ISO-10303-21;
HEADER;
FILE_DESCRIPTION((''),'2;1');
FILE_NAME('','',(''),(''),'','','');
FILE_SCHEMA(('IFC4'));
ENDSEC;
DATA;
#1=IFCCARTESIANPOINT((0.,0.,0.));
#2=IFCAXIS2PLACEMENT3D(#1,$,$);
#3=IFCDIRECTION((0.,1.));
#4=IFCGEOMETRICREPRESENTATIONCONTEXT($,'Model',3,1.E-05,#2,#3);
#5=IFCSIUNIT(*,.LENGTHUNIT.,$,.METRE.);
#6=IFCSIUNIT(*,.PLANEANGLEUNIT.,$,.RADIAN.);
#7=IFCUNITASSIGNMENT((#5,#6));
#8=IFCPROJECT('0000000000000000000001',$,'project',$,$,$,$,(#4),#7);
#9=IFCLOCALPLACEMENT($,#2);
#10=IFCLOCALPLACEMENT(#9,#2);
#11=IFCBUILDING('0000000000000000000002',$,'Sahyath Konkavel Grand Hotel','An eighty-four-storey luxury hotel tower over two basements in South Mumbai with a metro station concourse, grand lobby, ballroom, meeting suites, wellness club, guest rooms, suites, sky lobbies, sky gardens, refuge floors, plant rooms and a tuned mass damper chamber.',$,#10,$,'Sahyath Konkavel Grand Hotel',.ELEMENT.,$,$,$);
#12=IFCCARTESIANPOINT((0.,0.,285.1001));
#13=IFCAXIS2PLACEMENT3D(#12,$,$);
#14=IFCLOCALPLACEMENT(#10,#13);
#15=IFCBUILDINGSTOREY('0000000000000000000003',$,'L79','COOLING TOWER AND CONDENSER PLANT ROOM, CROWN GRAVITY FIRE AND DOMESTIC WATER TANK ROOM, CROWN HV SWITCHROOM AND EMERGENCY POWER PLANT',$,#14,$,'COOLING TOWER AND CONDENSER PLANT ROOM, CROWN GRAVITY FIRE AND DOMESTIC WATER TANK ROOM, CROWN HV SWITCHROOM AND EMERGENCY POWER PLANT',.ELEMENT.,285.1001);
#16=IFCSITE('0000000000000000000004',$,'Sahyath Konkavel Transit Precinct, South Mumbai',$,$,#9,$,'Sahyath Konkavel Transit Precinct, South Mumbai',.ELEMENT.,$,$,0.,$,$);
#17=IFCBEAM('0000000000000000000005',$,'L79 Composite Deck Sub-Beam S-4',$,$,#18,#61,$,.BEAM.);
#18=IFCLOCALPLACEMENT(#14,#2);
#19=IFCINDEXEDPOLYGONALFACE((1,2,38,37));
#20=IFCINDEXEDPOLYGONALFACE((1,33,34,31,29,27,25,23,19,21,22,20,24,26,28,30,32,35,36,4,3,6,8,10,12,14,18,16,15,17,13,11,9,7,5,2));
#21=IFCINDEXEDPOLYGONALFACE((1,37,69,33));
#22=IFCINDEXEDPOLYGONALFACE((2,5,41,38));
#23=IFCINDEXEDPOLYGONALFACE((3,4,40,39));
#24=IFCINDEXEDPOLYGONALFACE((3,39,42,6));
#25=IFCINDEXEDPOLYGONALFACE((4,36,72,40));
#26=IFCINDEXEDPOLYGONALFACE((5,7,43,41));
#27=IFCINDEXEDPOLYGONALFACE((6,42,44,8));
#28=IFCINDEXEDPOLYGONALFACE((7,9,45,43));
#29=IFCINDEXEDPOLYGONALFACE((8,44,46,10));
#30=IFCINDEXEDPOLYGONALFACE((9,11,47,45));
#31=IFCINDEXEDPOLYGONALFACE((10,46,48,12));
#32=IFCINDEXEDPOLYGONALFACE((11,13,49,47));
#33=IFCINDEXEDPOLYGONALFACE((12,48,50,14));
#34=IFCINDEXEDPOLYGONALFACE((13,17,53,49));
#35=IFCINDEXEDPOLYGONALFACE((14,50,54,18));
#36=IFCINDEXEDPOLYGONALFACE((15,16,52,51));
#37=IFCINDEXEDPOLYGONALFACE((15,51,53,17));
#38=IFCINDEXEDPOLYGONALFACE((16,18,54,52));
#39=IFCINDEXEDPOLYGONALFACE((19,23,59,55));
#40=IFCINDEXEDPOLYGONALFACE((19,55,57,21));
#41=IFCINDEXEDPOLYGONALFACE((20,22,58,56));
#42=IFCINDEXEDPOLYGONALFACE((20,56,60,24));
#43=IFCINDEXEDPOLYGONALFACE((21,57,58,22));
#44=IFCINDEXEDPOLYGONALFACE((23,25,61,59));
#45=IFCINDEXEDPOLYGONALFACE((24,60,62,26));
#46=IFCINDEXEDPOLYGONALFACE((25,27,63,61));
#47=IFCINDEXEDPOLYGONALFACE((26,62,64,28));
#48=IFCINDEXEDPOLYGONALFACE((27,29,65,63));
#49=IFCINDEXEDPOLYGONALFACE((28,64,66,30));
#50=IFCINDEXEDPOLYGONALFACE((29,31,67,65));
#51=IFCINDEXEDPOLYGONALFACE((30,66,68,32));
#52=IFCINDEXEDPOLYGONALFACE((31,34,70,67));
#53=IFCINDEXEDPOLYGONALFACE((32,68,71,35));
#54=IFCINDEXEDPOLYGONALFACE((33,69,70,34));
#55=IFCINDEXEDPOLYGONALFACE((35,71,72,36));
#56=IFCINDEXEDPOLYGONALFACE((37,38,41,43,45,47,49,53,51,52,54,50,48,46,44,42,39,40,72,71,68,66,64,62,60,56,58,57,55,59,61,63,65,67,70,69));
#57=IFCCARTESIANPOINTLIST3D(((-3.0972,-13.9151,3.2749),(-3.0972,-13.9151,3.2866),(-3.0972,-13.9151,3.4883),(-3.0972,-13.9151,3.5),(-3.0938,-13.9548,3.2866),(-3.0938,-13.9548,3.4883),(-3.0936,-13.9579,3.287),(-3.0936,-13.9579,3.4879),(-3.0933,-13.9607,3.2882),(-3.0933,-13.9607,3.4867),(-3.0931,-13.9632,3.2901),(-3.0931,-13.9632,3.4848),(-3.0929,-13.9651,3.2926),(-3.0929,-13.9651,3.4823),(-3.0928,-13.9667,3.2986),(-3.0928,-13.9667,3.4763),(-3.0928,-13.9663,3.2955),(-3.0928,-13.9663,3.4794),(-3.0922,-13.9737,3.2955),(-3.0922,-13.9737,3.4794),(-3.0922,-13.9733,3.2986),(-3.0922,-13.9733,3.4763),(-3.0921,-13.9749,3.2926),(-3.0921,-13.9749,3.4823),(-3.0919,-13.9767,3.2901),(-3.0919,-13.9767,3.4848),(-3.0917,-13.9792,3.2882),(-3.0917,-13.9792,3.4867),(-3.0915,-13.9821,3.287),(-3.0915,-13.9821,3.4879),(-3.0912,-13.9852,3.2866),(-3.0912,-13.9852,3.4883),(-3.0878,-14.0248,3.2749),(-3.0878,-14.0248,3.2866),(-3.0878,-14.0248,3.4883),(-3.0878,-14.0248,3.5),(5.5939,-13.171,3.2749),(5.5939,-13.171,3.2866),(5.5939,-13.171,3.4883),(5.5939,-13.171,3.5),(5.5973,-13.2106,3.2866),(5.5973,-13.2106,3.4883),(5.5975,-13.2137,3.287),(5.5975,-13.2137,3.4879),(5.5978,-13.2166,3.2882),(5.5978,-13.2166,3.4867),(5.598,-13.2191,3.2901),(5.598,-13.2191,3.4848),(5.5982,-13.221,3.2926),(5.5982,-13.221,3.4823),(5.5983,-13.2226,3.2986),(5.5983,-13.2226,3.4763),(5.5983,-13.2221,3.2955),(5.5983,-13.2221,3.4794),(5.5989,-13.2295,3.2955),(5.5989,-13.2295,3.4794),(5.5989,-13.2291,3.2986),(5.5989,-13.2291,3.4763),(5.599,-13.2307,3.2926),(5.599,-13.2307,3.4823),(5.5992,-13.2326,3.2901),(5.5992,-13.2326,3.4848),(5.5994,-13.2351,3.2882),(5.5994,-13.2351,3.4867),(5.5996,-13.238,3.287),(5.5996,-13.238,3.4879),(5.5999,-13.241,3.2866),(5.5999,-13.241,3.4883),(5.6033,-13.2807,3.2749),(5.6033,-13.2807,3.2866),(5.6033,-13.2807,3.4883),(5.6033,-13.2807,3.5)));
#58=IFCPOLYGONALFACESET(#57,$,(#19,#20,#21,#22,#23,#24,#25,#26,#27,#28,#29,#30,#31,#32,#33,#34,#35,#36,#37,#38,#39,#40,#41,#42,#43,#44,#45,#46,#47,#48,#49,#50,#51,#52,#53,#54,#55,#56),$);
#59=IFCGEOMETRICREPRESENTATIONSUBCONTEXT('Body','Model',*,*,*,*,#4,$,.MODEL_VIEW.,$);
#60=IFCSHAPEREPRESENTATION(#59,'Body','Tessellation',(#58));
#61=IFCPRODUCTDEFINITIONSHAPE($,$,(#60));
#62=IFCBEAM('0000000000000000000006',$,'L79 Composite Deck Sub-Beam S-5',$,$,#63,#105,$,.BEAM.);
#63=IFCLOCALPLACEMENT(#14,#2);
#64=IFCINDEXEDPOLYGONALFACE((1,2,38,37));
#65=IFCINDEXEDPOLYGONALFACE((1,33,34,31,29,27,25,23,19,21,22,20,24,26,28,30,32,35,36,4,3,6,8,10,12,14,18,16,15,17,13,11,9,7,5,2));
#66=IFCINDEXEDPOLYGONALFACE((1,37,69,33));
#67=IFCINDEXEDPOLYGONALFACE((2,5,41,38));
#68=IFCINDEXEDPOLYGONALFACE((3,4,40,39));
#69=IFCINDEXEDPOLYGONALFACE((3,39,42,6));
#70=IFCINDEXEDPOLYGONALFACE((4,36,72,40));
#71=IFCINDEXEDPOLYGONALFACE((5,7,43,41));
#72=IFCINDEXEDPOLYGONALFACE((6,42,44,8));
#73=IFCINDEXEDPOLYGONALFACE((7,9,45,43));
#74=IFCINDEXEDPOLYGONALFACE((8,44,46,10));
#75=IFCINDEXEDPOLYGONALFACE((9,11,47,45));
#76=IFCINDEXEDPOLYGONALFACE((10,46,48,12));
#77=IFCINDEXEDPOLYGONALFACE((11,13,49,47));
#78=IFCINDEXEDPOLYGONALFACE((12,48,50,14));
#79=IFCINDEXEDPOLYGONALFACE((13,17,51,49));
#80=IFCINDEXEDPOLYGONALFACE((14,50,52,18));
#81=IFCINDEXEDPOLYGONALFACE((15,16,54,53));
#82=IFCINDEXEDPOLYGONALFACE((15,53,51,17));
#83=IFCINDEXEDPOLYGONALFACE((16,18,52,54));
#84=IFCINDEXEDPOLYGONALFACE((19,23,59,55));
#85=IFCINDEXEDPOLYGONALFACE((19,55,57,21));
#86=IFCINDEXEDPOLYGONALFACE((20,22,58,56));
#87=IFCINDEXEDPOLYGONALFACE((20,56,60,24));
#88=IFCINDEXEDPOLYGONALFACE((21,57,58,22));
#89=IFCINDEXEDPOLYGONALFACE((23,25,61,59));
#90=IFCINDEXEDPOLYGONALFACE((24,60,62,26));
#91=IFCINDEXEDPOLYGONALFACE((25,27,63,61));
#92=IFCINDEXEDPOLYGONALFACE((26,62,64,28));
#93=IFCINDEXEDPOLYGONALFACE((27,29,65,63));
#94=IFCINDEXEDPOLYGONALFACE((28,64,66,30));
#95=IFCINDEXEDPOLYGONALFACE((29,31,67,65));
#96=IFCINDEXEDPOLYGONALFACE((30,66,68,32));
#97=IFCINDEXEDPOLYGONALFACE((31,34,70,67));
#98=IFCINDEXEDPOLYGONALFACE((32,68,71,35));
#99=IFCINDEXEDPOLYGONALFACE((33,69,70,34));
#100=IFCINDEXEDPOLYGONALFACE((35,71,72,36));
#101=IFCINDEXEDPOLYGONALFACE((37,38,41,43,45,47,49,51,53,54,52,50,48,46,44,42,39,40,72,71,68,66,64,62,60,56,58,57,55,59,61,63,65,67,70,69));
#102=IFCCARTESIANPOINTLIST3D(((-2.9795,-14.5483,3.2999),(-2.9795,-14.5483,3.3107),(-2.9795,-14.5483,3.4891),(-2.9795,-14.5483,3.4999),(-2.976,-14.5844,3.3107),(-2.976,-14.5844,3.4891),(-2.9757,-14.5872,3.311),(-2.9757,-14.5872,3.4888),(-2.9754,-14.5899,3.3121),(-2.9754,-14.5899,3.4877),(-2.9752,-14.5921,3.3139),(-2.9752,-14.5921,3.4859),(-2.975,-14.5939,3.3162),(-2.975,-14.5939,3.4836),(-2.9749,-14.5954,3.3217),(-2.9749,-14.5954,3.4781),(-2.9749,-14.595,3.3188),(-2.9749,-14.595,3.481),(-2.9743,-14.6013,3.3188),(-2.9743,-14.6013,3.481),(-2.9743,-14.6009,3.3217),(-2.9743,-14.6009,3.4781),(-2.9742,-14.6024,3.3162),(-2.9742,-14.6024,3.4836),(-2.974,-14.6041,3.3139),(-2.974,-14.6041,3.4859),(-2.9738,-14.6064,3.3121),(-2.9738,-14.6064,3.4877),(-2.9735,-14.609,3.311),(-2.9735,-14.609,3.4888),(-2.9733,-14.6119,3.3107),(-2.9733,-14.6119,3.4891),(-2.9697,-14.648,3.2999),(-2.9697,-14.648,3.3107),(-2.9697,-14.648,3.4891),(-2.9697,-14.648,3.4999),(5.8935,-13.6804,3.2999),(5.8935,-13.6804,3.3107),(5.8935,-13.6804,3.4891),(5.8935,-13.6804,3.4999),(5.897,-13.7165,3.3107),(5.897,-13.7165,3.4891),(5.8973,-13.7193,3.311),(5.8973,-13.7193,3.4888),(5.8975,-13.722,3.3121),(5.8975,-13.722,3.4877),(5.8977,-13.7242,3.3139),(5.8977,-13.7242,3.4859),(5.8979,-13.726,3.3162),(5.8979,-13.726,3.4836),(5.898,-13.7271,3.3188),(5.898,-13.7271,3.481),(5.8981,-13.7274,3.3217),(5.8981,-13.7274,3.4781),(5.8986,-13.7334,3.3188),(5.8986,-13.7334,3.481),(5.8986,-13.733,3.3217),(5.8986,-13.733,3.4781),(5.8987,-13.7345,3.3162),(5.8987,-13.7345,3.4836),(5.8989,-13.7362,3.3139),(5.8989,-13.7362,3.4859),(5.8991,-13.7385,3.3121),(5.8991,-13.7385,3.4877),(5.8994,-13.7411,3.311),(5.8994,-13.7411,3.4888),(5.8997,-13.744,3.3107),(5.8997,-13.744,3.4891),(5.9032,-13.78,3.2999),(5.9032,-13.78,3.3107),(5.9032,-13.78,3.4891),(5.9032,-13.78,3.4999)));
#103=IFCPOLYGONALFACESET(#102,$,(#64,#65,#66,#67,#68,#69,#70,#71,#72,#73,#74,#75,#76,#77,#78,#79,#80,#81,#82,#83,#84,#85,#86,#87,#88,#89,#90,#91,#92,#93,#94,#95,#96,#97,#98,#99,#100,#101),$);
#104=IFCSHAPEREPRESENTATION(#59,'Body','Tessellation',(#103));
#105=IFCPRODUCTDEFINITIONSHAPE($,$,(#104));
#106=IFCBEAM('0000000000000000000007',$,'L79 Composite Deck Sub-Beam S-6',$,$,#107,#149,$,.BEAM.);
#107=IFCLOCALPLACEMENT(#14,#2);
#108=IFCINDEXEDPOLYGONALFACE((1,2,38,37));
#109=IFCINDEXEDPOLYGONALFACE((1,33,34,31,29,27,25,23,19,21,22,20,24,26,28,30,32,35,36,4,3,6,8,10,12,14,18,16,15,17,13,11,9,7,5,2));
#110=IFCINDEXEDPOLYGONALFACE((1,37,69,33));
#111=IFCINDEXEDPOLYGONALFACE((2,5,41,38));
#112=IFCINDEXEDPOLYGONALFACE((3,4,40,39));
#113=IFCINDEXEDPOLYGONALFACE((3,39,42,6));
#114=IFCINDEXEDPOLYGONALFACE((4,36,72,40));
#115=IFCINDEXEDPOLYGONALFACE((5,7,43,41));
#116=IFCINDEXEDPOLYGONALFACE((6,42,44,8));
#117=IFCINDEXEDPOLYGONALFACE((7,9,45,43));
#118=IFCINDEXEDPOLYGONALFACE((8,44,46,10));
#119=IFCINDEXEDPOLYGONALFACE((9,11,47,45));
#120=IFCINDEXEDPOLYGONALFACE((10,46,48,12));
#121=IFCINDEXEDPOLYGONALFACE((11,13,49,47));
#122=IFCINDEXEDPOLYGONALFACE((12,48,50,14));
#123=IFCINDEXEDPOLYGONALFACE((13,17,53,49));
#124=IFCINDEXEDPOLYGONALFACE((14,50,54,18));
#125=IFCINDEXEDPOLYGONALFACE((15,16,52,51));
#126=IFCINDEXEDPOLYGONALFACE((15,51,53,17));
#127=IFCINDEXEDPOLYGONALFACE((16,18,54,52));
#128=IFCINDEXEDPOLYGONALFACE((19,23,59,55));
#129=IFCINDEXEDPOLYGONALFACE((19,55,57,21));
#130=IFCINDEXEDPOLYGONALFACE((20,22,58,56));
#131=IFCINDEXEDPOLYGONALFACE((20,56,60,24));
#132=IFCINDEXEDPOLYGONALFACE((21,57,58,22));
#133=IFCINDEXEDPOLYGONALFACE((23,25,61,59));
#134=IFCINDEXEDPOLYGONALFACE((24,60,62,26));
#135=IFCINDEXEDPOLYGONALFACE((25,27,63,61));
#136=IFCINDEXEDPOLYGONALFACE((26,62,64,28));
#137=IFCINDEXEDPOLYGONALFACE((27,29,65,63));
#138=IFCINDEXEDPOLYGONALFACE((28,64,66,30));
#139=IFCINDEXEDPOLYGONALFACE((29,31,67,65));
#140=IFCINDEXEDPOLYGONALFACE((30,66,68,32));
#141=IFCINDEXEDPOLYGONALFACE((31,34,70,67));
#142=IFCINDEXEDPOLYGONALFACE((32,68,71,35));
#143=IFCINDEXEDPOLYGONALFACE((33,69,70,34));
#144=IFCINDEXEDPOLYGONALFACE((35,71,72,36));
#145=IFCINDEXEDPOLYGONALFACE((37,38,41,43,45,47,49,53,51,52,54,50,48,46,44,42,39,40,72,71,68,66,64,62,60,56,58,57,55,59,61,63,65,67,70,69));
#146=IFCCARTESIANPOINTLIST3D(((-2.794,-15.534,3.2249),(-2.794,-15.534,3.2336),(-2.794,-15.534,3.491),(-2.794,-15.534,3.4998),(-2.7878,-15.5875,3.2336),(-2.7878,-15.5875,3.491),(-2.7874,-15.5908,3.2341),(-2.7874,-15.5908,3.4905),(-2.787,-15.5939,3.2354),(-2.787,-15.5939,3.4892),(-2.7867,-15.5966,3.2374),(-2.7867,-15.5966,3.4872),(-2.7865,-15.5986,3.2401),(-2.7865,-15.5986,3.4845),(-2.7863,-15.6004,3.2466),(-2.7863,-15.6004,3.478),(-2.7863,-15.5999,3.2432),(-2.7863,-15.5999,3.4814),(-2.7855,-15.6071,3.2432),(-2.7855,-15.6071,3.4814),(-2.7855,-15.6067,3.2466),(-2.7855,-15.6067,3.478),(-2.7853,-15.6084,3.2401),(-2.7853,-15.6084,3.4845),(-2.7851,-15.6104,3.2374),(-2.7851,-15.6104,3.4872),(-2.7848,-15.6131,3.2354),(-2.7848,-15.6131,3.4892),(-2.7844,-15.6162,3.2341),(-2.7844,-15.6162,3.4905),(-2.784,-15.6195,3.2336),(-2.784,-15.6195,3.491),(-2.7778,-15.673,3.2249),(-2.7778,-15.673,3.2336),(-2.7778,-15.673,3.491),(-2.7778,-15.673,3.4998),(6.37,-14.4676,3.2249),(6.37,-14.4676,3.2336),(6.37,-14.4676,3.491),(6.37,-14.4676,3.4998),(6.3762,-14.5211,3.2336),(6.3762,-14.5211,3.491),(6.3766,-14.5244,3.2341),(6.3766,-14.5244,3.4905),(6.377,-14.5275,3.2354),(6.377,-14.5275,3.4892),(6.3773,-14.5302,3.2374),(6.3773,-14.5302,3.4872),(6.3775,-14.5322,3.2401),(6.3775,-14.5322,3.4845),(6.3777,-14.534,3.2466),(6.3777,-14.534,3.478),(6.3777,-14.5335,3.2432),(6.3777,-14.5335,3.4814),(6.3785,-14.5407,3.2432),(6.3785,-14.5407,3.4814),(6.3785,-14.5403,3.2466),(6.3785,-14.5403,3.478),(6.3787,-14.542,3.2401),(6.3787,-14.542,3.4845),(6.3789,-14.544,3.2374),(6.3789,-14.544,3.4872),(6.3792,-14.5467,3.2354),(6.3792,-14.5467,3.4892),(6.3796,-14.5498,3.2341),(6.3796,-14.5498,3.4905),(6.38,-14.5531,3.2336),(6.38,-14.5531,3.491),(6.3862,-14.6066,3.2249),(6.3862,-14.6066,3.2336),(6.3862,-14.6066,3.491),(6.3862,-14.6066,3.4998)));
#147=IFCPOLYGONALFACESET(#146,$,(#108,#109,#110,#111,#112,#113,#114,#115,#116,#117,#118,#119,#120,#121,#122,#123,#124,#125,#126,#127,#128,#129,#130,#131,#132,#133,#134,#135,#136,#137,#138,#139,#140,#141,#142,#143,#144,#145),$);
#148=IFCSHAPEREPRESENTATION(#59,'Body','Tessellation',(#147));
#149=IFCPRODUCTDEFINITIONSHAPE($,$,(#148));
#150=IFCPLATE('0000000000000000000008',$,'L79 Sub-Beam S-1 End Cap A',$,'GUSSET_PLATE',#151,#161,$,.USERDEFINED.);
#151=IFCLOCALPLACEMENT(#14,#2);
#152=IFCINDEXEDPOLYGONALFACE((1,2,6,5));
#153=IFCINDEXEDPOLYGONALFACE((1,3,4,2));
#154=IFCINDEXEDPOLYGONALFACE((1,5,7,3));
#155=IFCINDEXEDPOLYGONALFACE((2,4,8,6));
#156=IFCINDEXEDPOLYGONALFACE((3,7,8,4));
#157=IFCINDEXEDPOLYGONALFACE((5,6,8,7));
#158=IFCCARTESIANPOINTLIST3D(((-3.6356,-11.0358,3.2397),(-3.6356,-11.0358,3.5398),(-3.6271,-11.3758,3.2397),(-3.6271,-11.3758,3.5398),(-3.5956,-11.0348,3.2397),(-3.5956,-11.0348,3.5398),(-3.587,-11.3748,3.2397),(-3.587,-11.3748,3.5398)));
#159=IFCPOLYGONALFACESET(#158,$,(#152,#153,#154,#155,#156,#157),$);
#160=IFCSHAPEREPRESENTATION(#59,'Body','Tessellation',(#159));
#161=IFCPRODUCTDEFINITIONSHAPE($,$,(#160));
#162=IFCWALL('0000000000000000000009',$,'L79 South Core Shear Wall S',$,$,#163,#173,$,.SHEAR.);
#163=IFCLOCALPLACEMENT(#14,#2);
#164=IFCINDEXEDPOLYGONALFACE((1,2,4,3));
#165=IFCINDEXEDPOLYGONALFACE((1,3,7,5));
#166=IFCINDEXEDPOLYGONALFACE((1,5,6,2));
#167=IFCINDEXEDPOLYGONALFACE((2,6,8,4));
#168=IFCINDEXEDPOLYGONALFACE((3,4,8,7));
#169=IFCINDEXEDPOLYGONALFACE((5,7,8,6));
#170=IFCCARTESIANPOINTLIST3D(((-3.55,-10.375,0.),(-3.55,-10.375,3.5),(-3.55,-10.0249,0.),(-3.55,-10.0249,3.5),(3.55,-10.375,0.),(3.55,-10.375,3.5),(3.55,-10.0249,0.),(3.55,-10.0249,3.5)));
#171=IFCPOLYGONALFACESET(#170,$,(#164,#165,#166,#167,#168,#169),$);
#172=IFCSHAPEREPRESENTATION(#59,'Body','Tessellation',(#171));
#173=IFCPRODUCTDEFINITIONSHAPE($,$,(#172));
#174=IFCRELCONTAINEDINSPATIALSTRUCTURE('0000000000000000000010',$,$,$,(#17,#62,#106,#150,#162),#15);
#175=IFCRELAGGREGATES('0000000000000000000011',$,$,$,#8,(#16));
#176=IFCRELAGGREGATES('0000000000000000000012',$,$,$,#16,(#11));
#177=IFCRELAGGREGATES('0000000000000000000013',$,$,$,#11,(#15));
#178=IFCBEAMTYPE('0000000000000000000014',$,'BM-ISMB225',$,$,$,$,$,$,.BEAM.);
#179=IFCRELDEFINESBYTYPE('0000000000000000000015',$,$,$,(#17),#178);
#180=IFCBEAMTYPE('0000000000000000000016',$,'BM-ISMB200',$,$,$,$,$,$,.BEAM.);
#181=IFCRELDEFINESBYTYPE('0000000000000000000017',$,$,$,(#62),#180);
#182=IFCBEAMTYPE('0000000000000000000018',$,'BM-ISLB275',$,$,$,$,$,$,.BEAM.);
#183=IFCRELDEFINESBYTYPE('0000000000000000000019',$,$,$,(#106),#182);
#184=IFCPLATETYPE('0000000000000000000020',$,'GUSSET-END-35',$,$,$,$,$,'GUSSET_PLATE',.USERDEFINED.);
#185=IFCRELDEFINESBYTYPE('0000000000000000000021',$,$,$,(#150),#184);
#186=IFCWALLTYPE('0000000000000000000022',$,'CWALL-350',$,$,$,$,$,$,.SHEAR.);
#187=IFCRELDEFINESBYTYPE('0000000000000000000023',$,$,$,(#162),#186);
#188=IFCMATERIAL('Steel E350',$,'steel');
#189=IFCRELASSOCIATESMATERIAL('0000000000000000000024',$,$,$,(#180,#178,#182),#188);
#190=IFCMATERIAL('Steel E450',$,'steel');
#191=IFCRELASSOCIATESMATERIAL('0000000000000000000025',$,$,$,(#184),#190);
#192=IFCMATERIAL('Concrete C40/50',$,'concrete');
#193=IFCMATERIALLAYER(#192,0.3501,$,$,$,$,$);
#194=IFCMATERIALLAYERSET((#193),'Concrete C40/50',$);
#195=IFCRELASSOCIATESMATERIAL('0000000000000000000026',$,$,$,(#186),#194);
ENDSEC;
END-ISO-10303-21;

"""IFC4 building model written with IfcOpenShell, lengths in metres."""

from ifc_helpers import new_model, si_unit, direction, frame, frame_2d, origin, origin_2d, place, context, subcontext, project, spatial, rectangle, i_section, extrude, source, transform, mapped, material, layer, layer_set, material_profile, profile_set, type_object, element, save


model = new_model("IFC4")

# Units and contexts
model_context = context("Model", 3, precision=1e-05, world=origin(), true_north=direction((0.0, 1.0)))
body_context = subcontext(model_context, "Body", "Model", "MODEL_VIEW")
ifc_project = project(units=[si_unit("LENGTHUNIT", "METRE"), si_unit("PLANEANGLEUNIT", "RADIAN")], contexts=[model_context])

# Site, building, storey
site_placement = place(None, origin())
site = spatial("IfcSite", under=ifc_project, at=site_placement, Name="Sahyath Konkavel Transit Precinct, South Mumbai", LongName="Sahyath Konkavel Transit Precinct, South Mumbai", CompositionType="ELEMENT", RefElevation=0.0)
building_placement = place(site_placement, origin())
building = spatial("IfcBuilding", under=site, at=building_placement, Name="Sahyath Konkavel Grand Hotel", Description="An eighty-four-storey luxury hotel tower over two basements in South Mumbai with a metro station concourse, grand lobby, ballroom, meeting suites, wellness club, guest rooms, suites, sky lobbies, sky gardens, refuge floors, plant rooms and a tuned mass damper chamber.", LongName="Sahyath Konkavel Grand Hotel", CompositionType="ELEMENT")
storey_placement = place(building_placement, frame((0.0, 0.0, 285.1001)))
storey = spatial("IfcBuildingStorey", under=building, at=storey_placement, Name="L79", Description="COOLING TOWER AND CONDENSER PLANT ROOM, CROWN GRAVITY FIRE AND DOMESTIC WATER TANK ROOM, CROWN HV SWITCHROOM AND EMERGENCY POWER PLANT", LongName="COOLING TOWER AND CONDENSER PLANT ROOM, CROWN GRAVITY FIRE AND DOMESTIC WATER TANK ROOM, CROWN HV SWITCHROOM AND EMERGENCY POWER PLANT", CompositionType="ELEMENT", Elevation=285.1001)

# Shared definitions
ifc_material_1 = material(Name="Concrete C40/50", Category="concrete")

# Beams
ifc_material_2 = material(Name="Steel E350", Category="steel")
ifc_material_profile_1 = material_profile(ifc_material_2, i_section(OverallWidth=0.1001, OverallDepth=0.2, WebThickness=0.0056, FlangeThickness=0.0107, FilletRadius=0.011, at=origin_2d()), Name="ISMB 200")
ifc_profile_set_1 = profile_set([ifc_material_profile_1], Name="Steel E350")
beam_type_1 = type_object("IfcBeamType", Name="BM-ISMB200", PredefinedType="BEAM", material=ifc_profile_set_1)
ifc_material_profile_2 = material_profile(ifc_material_2, i_section(OverallWidth=0.1101, OverallDepth=0.2251, WebThickness=0.0066, FlangeThickness=0.0117, FilletRadius=0.012, at=origin_2d()), Name="ISMB 225")
ifc_profile_set_2 = profile_set([ifc_material_profile_2], Name="Steel E350")
beam_type_2 = type_object("IfcBeamType", Name="BM-ISMB225", PredefinedType="BEAM", material=ifc_profile_set_2)
shared_shape_1 = source(origin(), body_context, "Body", "SweptSolid", [
    extrude(i_section(OverallWidth=0.1101, OverallDepth=0.2251, WebThickness=0.0066, FlangeThickness=0.0117, FilletRadius=0.012, at=origin_2d()), origin(), (0.0, 0.0, 1.0), 8.7229),
])
beam_1_placement = place(storey_placement, frame((-3.0925, -13.97, 3.3875), z_axis=(0.996355, 0.085308, 0.0), x_axis=(-0.085308, 0.996355, 0.0)))
element("IfcBeam", 1, at=beam_1_placement, inside=storey, type_object=beam_type_2, Name="L79 Composite Deck Sub-Beam S-4", PredefinedType="BEAM", context=body_context, shape_type="MappedRepresentation", body=[
    mapped(shared_shape_1, transform((0.0, 0.0, 0.0), scale=1.0)),
])
shared_shape_2 = source(origin(), body_context, "Body", "SweptSolid", [
    extrude(i_section(OverallWidth=0.1001, OverallDepth=0.2, WebThickness=0.0056, FlangeThickness=0.0107, FilletRadius=0.011, at=origin_2d()), origin(), (0.0, 0.0, 1.0), 8.9153),
])
beam_2_placement = place(storey_placement, frame((-2.9746, -14.5981, 3.3999), z_axis=(0.99525, 0.097351, 0.0), x_axis=(-0.097351, 0.99525, 0.0)))
element("IfcBeam", 2, at=beam_2_placement, inside=storey, type_object=beam_type_1, Name="L79 Composite Deck Sub-Beam S-5", PredefinedType="BEAM", context=body_context, shape_type="MappedRepresentation", body=[
    mapped(shared_shape_2, transform((0.0, 0.0, 0.0), scale=1.0)),
])
ifc_material_profile_3 = material_profile(ifc_material_2, i_section(OverallWidth=0.1399, OverallDepth=0.2749, WebThickness=0.0063, FlangeThickness=0.0088, FilletRadius=0.0129, at=origin_2d()), Name="ISLB 275")
ifc_profile_set_3 = profile_set([ifc_material_profile_3], Name="Steel E350")
beam_type_3 = type_object("IfcBeamType", Name="BM-ISLB275", PredefinedType="BEAM", material=ifc_profile_set_3)
shared_shape_3 = source(origin(), body_context, "Body", "SweptSolid", [
    extrude(i_section(OverallWidth=0.1399, OverallDepth=0.2749, WebThickness=0.0063, FlangeThickness=0.0088, FilletRadius=0.0129, at=origin_2d()), origin(), (0.0, 0.0, 1.0), 9.2258),
])
beam_3_placement = place(storey_placement, frame((-2.7859, -15.6035, 3.3623), z_axis=(0.993297, 0.115588, 0.0), x_axis=(-0.115588, 0.993297, 0.0)))
element("IfcBeam", 3, at=beam_3_placement, inside=storey, type_object=beam_type_3, Name="L79 Composite Deck Sub-Beam S-6", PredefinedType="BEAM", context=body_context, shape_type="MappedRepresentation", body=[
    mapped(shared_shape_3, transform((0.0, 0.0, 0.0), scale=1.0)),
])

# Plate
ifc_material_3 = material(Name="Steel E450", Category="steel")
plate_type = type_object("IfcPlateType", Name="GUSSET-END-35", ElementType="GUSSET_PLATE", PredefinedType="USERDEFINED", material=ifc_material_3)
shared_shape_4 = source(origin(), body_context, "Body", "SweptSolid", [
    extrude(rectangle(XDim=0.04, YDim=0.3401, at=origin_2d()), origin(), (0.0, 0.0, 1.0), 0.3),
])
plate_placement = place(storey_placement, frame((-3.6113, -11.2053, 3.2397), z_axis=(0.0, 0.0, 1.0), x_axis=(0.999684, 0.02513, 0.0)))
element("IfcPlate", 4, at=plate_placement, inside=storey, type_object=plate_type, Name="L79 Sub-Beam S-1 End Cap A", ObjectType="GUSSET_PLATE", PredefinedType="USERDEFINED", context=body_context, shape_type="MappedRepresentation", body=[
    mapped(shared_shape_4, transform((0.0, 0.0, 0.0), scale=1.0)),
])

# Wall
ifc_layer_1 = layer(ifc_material_1, 0.3501)
ifc_layer_set_1 = layer_set([ifc_layer_1], Name="Concrete C40/50")
wall_type_1 = type_object("IfcWallType", Name="CWALL-350", PredefinedType="SHEAR", material=ifc_layer_set_1)
wall_1_placement = place(storey_placement, frame((-3.55, -10.2, 0.0), z_axis=(0.0, 0.0, 1.0), x_axis=(1.0, 0.0, 0.0)))
element("IfcWall", 5, at=wall_1_placement, inside=storey, type_object=wall_type_1, Name="L79 South Core Shear Wall S", PredefinedType="SHEAR", context=body_context, shape_type="SweptSolid", body=[
    extrude(rectangle(XDim=7.1001, YDim=0.3501, at=frame_2d((3.55, 0.0))), origin(), (0.0, 0.0, 1.0), 3.5),
])

save(model, "model.ifc")
